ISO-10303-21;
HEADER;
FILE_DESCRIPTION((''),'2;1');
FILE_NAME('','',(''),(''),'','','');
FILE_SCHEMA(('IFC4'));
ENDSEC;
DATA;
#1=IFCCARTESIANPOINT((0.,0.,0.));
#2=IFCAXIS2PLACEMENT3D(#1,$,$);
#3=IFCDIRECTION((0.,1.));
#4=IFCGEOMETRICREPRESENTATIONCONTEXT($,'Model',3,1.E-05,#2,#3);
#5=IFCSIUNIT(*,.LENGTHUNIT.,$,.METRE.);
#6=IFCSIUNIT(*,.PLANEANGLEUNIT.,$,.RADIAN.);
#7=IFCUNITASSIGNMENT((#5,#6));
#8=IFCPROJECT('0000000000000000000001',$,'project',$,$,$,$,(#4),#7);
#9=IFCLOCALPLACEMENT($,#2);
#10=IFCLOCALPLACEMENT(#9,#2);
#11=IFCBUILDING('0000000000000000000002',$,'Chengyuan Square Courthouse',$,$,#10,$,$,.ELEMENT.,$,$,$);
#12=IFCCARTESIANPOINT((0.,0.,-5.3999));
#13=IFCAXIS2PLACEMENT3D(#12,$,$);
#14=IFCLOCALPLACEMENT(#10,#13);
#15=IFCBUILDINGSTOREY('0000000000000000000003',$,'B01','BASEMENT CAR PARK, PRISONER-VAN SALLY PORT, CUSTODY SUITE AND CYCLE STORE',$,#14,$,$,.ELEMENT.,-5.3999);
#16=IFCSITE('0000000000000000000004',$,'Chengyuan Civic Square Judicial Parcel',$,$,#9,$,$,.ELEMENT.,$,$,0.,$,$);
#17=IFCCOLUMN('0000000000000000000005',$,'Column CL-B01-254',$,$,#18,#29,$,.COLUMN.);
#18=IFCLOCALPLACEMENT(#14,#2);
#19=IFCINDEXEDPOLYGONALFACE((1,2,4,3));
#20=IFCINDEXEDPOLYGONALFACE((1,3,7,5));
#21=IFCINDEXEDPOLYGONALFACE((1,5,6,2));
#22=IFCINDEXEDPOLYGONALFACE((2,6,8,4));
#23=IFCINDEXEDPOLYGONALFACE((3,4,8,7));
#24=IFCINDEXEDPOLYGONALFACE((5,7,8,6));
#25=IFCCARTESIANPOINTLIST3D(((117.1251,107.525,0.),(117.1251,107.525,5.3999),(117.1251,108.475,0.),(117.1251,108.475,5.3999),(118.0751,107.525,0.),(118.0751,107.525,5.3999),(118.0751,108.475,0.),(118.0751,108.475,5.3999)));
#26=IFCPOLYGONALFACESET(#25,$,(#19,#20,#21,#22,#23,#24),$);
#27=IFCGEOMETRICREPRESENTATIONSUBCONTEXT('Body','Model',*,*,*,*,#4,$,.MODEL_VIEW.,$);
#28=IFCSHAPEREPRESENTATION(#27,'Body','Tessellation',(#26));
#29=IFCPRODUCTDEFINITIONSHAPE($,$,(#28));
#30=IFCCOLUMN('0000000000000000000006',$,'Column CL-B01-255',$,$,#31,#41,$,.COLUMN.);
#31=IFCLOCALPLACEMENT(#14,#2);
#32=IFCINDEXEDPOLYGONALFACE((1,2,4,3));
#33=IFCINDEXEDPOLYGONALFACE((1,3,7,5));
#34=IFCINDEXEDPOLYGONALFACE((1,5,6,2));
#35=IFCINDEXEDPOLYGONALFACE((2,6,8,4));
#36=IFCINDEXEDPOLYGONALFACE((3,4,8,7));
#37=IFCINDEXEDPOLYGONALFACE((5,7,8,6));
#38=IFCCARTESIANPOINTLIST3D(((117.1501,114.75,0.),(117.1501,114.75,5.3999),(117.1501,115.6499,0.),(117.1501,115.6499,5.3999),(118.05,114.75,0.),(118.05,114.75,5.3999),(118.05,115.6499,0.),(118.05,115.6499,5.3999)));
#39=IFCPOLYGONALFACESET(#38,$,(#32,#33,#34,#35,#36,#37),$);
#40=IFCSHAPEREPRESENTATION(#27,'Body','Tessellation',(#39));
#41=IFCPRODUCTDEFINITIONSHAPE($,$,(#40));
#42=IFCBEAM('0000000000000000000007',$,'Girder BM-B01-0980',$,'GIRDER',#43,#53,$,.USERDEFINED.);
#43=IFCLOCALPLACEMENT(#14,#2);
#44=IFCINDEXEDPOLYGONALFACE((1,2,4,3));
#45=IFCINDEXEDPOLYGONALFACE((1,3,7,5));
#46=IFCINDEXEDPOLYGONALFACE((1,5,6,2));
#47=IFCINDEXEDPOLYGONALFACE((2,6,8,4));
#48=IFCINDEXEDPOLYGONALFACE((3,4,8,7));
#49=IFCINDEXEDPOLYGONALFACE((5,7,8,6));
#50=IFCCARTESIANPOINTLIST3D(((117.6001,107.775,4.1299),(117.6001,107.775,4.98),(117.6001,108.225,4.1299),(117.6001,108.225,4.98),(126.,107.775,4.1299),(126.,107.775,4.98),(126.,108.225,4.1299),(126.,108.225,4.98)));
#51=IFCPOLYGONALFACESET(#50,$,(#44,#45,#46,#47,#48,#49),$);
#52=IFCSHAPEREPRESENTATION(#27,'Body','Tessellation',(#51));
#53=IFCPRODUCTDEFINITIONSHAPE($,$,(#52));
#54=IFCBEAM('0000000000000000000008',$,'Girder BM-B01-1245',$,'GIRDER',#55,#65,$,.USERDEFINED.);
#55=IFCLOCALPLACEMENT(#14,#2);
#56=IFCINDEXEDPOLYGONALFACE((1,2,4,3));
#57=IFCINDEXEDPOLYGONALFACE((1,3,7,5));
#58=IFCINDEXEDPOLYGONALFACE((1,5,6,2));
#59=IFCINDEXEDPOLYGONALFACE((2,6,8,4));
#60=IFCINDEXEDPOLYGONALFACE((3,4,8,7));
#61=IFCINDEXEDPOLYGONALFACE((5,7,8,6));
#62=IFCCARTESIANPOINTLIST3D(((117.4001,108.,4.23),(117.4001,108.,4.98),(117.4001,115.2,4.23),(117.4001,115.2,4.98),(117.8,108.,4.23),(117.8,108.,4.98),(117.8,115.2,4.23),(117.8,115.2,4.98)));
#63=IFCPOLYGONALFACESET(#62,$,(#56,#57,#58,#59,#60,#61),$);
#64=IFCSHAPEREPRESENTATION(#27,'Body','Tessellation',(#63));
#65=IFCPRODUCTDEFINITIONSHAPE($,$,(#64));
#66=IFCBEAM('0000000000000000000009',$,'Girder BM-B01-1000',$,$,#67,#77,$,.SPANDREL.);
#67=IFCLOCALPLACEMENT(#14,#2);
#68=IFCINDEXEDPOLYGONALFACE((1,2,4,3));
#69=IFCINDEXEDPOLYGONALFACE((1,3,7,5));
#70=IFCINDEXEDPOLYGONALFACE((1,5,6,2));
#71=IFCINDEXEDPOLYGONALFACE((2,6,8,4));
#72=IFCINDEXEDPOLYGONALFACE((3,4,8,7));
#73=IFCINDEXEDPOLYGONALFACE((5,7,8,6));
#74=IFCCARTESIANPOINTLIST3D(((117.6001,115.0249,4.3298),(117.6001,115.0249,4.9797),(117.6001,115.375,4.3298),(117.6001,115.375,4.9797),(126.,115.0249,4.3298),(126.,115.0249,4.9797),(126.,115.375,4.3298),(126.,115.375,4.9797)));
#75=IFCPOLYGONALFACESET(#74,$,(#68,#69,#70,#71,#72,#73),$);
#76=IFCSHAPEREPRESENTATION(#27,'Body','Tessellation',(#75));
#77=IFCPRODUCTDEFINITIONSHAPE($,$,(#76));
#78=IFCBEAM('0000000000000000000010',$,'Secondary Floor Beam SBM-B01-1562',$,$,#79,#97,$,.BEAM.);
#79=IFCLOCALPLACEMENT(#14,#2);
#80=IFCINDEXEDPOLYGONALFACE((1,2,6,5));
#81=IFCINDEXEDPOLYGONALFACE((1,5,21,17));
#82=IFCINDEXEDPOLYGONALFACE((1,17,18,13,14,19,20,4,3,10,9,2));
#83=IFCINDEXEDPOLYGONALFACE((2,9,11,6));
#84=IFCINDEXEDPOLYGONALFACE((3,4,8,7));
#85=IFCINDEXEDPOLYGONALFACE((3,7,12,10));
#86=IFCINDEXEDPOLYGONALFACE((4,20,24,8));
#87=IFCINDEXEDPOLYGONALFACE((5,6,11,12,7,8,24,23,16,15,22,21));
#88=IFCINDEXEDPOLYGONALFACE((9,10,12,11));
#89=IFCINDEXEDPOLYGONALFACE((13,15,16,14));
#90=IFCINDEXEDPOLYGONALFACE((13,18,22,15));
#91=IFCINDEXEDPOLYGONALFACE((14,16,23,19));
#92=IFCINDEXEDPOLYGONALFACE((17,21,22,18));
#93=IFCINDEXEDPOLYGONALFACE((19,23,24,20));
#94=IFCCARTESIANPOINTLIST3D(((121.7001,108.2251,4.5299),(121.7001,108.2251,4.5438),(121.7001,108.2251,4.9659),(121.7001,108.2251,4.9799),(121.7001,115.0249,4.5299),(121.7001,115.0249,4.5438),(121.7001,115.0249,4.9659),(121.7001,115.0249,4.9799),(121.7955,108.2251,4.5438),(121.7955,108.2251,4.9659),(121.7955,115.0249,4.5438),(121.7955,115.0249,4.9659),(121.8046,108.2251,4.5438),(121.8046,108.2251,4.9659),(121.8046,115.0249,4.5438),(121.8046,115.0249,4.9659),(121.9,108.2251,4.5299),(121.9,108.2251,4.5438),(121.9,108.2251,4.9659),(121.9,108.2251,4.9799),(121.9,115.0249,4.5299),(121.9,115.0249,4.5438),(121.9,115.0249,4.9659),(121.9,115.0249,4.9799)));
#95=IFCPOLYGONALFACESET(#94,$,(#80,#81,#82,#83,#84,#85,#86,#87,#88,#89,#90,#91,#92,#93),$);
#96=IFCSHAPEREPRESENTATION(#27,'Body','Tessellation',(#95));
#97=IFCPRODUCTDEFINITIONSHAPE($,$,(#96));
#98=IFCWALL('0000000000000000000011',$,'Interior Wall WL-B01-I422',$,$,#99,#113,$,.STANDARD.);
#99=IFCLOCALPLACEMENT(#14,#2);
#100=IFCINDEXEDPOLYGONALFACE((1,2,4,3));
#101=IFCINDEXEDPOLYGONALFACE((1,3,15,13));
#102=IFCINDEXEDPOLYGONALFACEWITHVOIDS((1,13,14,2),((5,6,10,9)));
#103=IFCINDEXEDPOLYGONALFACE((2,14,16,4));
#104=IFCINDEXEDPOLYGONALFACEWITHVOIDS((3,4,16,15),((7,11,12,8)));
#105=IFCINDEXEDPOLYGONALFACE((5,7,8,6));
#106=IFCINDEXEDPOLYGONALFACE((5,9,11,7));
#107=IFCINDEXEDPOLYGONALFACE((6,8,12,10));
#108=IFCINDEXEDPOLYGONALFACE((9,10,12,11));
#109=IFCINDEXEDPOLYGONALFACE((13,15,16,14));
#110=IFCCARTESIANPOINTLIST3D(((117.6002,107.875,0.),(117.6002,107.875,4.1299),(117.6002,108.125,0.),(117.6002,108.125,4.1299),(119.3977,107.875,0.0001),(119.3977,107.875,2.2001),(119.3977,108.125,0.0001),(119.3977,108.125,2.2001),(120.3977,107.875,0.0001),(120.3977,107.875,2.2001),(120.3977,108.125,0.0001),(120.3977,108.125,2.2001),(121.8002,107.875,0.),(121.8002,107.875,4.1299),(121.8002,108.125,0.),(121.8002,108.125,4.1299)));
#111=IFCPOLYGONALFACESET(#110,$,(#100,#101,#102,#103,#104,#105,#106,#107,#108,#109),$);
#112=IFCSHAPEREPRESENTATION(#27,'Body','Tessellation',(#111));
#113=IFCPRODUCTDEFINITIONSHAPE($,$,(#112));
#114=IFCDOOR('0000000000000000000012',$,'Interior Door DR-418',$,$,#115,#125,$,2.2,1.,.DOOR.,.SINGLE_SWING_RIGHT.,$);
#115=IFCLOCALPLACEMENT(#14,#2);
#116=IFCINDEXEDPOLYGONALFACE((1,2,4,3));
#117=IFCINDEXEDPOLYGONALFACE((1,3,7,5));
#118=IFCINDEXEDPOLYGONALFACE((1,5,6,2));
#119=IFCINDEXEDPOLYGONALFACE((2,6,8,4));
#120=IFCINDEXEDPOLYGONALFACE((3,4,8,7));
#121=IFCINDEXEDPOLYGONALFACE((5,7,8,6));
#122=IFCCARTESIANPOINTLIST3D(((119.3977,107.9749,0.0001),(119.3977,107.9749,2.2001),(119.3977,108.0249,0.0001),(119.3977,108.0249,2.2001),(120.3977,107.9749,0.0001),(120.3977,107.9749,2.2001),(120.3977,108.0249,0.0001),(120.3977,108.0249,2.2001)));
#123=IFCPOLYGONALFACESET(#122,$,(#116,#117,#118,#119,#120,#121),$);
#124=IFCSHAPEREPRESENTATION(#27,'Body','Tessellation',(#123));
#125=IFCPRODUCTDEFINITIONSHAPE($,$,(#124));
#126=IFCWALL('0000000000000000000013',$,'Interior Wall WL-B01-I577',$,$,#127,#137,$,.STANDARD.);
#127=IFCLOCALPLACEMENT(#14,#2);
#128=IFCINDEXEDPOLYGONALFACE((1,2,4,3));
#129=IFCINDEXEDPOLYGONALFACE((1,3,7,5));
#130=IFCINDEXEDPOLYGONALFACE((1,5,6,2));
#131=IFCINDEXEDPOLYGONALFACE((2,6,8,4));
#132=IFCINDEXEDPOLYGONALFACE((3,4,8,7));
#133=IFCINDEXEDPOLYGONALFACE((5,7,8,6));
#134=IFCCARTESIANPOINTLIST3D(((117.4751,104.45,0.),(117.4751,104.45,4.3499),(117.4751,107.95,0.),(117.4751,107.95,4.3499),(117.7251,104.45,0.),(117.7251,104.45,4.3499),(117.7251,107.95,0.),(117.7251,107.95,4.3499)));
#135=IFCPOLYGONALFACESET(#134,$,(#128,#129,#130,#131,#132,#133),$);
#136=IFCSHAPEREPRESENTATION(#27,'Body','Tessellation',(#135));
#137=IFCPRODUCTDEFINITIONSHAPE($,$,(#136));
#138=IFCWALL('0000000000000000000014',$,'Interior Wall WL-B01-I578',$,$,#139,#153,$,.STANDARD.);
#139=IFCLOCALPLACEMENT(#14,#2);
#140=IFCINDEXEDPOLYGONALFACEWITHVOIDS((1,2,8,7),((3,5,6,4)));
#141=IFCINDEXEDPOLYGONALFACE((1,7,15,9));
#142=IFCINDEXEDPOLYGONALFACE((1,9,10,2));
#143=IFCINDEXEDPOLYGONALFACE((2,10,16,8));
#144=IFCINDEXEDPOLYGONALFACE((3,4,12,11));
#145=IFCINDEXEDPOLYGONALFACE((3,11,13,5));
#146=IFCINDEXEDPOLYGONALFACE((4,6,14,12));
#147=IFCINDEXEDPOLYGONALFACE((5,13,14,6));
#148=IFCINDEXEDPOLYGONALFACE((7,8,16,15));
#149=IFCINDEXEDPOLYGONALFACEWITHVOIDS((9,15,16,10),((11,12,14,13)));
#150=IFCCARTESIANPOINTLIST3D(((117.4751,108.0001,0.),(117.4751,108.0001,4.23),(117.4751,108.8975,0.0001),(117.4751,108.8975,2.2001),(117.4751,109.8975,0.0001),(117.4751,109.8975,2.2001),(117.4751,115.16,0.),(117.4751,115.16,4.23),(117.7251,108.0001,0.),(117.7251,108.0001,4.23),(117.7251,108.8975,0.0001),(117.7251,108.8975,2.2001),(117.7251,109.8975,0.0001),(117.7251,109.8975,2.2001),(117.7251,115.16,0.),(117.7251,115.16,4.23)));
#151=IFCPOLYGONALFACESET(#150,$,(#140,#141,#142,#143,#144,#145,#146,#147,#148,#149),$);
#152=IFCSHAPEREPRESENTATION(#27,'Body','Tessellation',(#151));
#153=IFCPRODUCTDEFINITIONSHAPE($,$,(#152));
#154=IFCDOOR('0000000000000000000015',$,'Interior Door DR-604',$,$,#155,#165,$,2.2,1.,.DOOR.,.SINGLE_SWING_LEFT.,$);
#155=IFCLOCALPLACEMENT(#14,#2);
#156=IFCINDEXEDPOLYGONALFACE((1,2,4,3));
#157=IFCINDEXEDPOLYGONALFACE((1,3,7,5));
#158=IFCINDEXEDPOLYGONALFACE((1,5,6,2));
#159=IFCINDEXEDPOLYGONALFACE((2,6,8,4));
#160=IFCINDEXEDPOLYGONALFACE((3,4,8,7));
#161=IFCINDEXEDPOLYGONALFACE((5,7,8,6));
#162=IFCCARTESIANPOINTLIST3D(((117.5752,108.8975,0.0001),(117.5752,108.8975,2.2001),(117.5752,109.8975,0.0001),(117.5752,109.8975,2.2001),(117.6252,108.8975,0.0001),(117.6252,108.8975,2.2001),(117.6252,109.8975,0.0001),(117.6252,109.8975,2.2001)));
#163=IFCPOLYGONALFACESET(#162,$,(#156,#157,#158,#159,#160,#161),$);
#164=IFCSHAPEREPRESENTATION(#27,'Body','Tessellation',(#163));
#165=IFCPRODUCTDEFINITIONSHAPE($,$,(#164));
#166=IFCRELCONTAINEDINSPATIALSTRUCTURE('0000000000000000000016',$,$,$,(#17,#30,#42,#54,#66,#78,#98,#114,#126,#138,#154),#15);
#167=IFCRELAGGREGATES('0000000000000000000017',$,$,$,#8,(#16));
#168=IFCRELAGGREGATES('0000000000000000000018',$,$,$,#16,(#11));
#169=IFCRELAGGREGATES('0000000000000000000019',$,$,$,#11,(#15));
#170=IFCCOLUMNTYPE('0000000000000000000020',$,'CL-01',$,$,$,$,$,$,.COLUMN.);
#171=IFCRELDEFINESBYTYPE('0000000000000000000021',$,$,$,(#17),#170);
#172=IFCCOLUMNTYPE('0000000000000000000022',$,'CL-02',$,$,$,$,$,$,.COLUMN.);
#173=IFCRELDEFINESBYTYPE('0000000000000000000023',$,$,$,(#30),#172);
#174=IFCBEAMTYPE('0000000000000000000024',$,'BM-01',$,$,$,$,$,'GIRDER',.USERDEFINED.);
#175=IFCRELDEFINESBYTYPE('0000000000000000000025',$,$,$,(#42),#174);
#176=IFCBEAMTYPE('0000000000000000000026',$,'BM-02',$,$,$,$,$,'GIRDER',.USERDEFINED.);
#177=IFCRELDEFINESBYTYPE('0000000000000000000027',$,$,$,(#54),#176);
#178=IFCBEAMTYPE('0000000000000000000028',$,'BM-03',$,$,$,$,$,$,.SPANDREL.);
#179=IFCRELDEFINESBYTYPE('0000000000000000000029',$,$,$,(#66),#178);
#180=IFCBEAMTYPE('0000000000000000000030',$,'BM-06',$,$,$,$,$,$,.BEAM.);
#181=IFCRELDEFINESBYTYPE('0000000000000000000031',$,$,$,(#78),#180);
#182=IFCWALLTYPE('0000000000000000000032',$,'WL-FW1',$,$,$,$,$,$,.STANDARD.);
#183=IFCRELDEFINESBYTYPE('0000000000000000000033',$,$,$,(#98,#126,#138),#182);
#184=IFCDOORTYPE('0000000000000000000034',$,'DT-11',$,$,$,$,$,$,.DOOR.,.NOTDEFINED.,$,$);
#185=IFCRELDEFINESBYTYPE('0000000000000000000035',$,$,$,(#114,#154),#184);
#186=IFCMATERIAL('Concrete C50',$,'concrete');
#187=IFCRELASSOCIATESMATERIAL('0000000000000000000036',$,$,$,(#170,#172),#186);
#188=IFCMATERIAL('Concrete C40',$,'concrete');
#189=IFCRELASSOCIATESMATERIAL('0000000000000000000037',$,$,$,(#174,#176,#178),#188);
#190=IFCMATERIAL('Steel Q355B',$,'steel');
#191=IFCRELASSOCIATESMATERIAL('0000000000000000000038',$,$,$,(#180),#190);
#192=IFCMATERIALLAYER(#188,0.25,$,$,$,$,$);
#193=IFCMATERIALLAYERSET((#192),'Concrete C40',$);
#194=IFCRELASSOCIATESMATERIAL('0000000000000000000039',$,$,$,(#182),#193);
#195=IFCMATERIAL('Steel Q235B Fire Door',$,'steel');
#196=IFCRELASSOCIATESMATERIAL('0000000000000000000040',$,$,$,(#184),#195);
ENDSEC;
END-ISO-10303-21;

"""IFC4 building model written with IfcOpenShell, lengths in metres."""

from ifc_helpers import new_model, si_unit, direction, frame, frame_2d, origin, origin_2d, place, context, subcontext, project, spatial, rectangle, i_section, extrude, material, layer, layer_set, material_profile, profile_set, type_object, element, fill, save


model = new_model("IFC4")

# Units and contexts
model_context = context("Model", 3, precision=1e-05, world=origin(), true_north=direction((0.0, 1.0)))
body_context = subcontext(model_context, "Body", "Model", "MODEL_VIEW")
ifc_project = project(units=[si_unit("LENGTHUNIT", "METRE"), si_unit("PLANEANGLEUNIT", "RADIAN")], contexts=[model_context])

# Site, building, storey
site_placement = place(None, origin())
site = spatial("IfcSite", under=ifc_project, at=site_placement, Name="Chengyuan Civic Square Judicial Parcel", CompositionType="ELEMENT", RefElevation=0.0)
building_placement = place(site_placement, origin())
building = spatial("IfcBuilding", under=site, at=building_placement, Name="Chengyuan Square Courthouse", CompositionType="ELEMENT")
storey_placement = place(building_placement, frame((0.0, 0.0, -5.3999)))
storey = spatial("IfcBuildingStorey", under=building, at=storey_placement, Name="B01", Description="BASEMENT CAR PARK, PRISONER-VAN SALLY PORT, CUSTODY SUITE AND CYCLE STORE", CompositionType="ELEMENT", Elevation=-5.3999)

# Columns
ifc_material_1 = material(Name="Concrete C50", Category="concrete")
ifc_material_profile_1 = material_profile(ifc_material_1, rectangle(XDim=0.95, YDim=0.95, at=origin_2d()), Name="RC-COL-950x950")
ifc_profile_set_1 = profile_set([ifc_material_profile_1], Name="Concrete C50")
column_type_1 = type_object("IfcColumnType", Name="CL-01", PredefinedType="COLUMN", material=ifc_profile_set_1)
column_1_placement = place(storey_placement, frame((117.6001, 108.0, 0.0), z_axis=(0.0, 0.0, 1.0), x_axis=(1.0, 0.0, 0.0)))
element("IfcColumn", 1, at=column_1_placement, inside=storey, type_object=column_type_1, Name="Column CL-B01-254", PredefinedType="COLUMN", context=body_context, shape_type="SweptSolid", body=[
    extrude(rectangle(XDim=0.95, YDim=0.95, at=origin_2d()), origin(), (0.0, 0.0, 1.0), 5.3999),
])
ifc_material_profile_2 = material_profile(ifc_material_1, rectangle(XDim=0.8999, YDim=0.8999, at=origin_2d()), Name="RC-COL-900x900")
ifc_profile_set_2 = profile_set([ifc_material_profile_2], Name="Concrete C50")
column_type_2 = type_object("IfcColumnType", Name="CL-02", PredefinedType="COLUMN", material=ifc_profile_set_2)
column_2_placement = place(storey_placement, frame((117.6001, 115.2, 0.0), z_axis=(0.0, 0.0, 1.0), x_axis=(1.0, 0.0, 0.0)))
element("IfcColumn", 2, at=column_2_placement, inside=storey, type_object=column_type_2, Name="Column CL-B01-255", PredefinedType="COLUMN", context=body_context, shape_type="SweptSolid", body=[
    extrude(rectangle(XDim=0.8999, YDim=0.8999, at=origin_2d()), origin(), (0.0, 0.0, 1.0), 5.3999),
])

# Beams
ifc_material_2 = material(Name="Concrete C40", Category="concrete")
ifc_material_profile_3 = material_profile(ifc_material_2, rectangle(XDim=0.45, YDim=0.8501, at=origin_2d()), Name="RC-BM-450x850")
ifc_profile_set_3 = profile_set([ifc_material_profile_3], Name="Concrete C40")
beam_type_1 = type_object("IfcBeamType", Name="BM-01", ElementType="GIRDER", PredefinedType="USERDEFINED", material=ifc_profile_set_3)
beam_1_placement = place(storey_placement, frame((117.6001, 108.0, 4.5549), z_axis=(1.0, 0.0, 0.0), x_axis=(0.0, 1.0, 0.0)))
element("IfcBeam", 3, at=beam_1_placement, inside=storey, type_object=beam_type_1, Name="Girder BM-B01-0980", ObjectType="GIRDER", PredefinedType="USERDEFINED", context=body_context, shape_type="SweptSolid", body=[
    extrude(rectangle(XDim=0.45, YDim=0.8501, at=origin_2d()), origin(), (0.0, 0.0, 1.0), 8.3999),
])
ifc_material_profile_4 = material_profile(ifc_material_2, rectangle(XDim=0.3999, YDim=0.75, at=origin_2d()), Name="RC-BM-400x750")
ifc_profile_set_4 = profile_set([ifc_material_profile_4], Name="Concrete C40")
beam_type_2 = type_object("IfcBeamType", Name="BM-02", ElementType="GIRDER", PredefinedType="USERDEFINED", material=ifc_profile_set_4)
beam_2_placement = place(storey_placement, frame((117.6001, 108.0, 4.605), z_axis=(0.0, 1.0, 0.0), x_axis=(-1.0, 0.0, 0.0)))
element("IfcBeam", 4, at=beam_2_placement, inside=storey, type_object=beam_type_2, Name="Girder BM-B01-1245", ObjectType="GIRDER", PredefinedType="USERDEFINED", context=body_context, shape_type="SweptSolid", body=[
    extrude(rectangle(XDim=0.3999, YDim=0.75, at=origin_2d()), origin(), (0.0, 0.0, 1.0), 7.2),
])
ifc_material_profile_5 = material_profile(ifc_material_2, rectangle(XDim=0.3501, YDim=0.6499, at=origin_2d()), Name="RC-BM-350x650")
ifc_profile_set_5 = profile_set([ifc_material_profile_5], Name="Concrete C40")
beam_type_3 = type_object("IfcBeamType", Name="BM-03", PredefinedType="SPANDREL", material=ifc_profile_set_5)
beam_3_placement = place(storey_placement, frame((117.6001, 115.2, 4.6548), z_axis=(1.0, 0.0, 0.0), x_axis=(0.0, 1.0, 0.0)))
element("IfcBeam", 5, at=beam_3_placement, inside=storey, type_object=beam_type_3, Name="Girder BM-B01-1000", PredefinedType="SPANDREL", context=body_context, shape_type="SweptSolid", body=[
    extrude(rectangle(XDim=0.3501, YDim=0.6499, at=origin_2d()), origin(), (0.0, 0.0, 1.0), 8.3999),
])
ifc_material_3 = material(Name="Steel Q355B", Category="steel")
ifc_material_profile_6 = material_profile(ifc_material_3, i_section(OverallWidth=0.2, OverallDepth=0.45, WebThickness=0.009, FlangeThickness=0.0139, at=origin_2d()), Name="HN 450x200x9x14")
ifc_profile_set_6 = profile_set([ifc_material_profile_6], Name="Steel Q355B")
beam_type_4 = type_object("IfcBeamType", Name="BM-06", PredefinedType="BEAM", material=ifc_profile_set_6)
beam_4_placement = place(storey_placement, frame((121.8, 108.2251, 4.7549), z_axis=(0.0, 1.0, 0.0), x_axis=(-1.0, 0.0, 0.0)))
element("IfcBeam", 6, at=beam_4_placement, inside=storey, type_object=beam_type_4, Name="Secondary Floor Beam SBM-B01-1562", PredefinedType="BEAM", context=body_context, shape_type="SweptSolid", body=[
    extrude(i_section(OverallWidth=0.2, OverallDepth=0.45, WebThickness=0.009, FlangeThickness=0.0139, at=origin_2d()), origin(), (0.0, 0.0, 1.0), 6.7998),
])

# Wall, opening, door
ifc_layer_1 = layer(ifc_material_2, 0.25)
ifc_layer_set_1 = layer_set([ifc_layer_1], Name="Concrete C40")
wall_type_1 = type_object("IfcWallType", Name="WL-FW1", PredefinedType="STANDARD", material=ifc_layer_set_1)
wall_1_placement = place(storey_placement, frame((117.6001, 108.0, 0.0), z_axis=(0.0, 0.0, 1.0), x_axis=(1.0, 0.0, 0.0)))
wall_1 = element("IfcWall", 7, at=wall_1_placement, inside=storey, type_object=wall_type_1, Name="Interior Wall WL-B01-I422", PredefinedType="STANDARD", context=body_context, shape_type="SweptSolid", body=[
    extrude(rectangle(XDim=4.2, YDim=0.25, at=frame_2d((2.1001, 0.0))), origin(), (0.0, 0.0, 1.0), 4.1299),
])
opening_1_placement = place(wall_1_placement, frame((1.7976, 0.0, 0.0)))
opening_1 = element("IfcOpeningElement", 8, at=opening_1_placement, cuts=wall_1, PredefinedType="OPENING", context=body_context, shape_type="SweptSolid", body=[
    extrude(rectangle(XDim=1.0, YDim=2.2, at=frame_2d((0.5, 1.1001))), frame((0.0, 0.137, 0.0), z_axis=(0.0, -1.0, 0.0), x_axis=(1.0, 0.0, 0.0)), (0.0, 0.0, 1.0), 0.2739),
])
ifc_material_4 = material(Name="Steel Q235B Fire Door", Category="steel")
door_type_1 = type_object("IfcDoorType", Name="DT-11", OperationType="NOTDEFINED", PredefinedType="DOOR", material=ifc_material_4)
door_1_placement = place(opening_1_placement, origin())
door_1 = element("IfcDoor", 9, at=door_1_placement, inside=storey, type_object=door_type_1, Name="Interior Door DR-418", OperationType="SINGLE_SWING_RIGHT", OverallHeight=2.2, OverallWidth=1.0, PredefinedType="DOOR", context=body_context, shape_type="SweptSolid", body=[
    extrude(rectangle(XDim=1.0, YDim=2.2, at=frame_2d((0.5, 1.1001))), frame((0.0, 0.0249, 0.0), z_axis=(0.0, -1.0, 0.0), x_axis=(1.0, 0.0, 0.0)), (0.0, 0.0, 1.0), 0.05),
])
fill(opening_1, door_1)

# Wall
wall_2_placement = place(storey_placement, frame((117.6001, 104.45, 0.0), z_axis=(0.0, 0.0, 1.0), x_axis=(0.0, 1.0, 0.0)))
element("IfcWall", 10, at=wall_2_placement, inside=storey, type_object=wall_type_1, Name="Interior Wall WL-B01-I577", PredefinedType="STANDARD", context=body_context, shape_type="SweptSolid", body=[
    extrude(rectangle(XDim=3.5, YDim=0.25, at=frame_2d((1.75, 0.0))), origin(), (0.0, 0.0, 1.0), 4.3499),
])

# Wall, opening, door
wall_3_placement = place(storey_placement, frame((117.6001, 108.0, 0.0), z_axis=(0.0, 0.0, 1.0), x_axis=(0.0, 1.0, 0.0)))
wall_3 = element("IfcWall", 11, at=wall_3_placement, inside=storey, type_object=wall_type_1, Name="Interior Wall WL-B01-I578", PredefinedType="STANDARD", context=body_context, shape_type="SweptSolid", body=[
    extrude(rectangle(XDim=7.1599, YDim=0.25, at=frame_2d((3.5801, 0.0))), origin(), (0.0, 0.0, 1.0), 4.23),
])
opening_2_placement = place(wall_3_placement, frame((0.8975, 0.0, 0.0)))
opening_2 = element("IfcOpeningElement", 12, at=opening_2_placement, cuts=wall_3, PredefinedType="OPENING", context=body_context, shape_type="SweptSolid", body=[
    extrude(rectangle(XDim=1.0, YDim=2.2, at=frame_2d((0.5, 1.1001))), frame((0.0, 0.137, 0.0), z_axis=(0.0, -1.0, 0.0), x_axis=(1.0, 0.0, 0.0)), (0.0, 0.0, 1.0), 0.2739),
])
door_2_placement = place(opening_2_placement, origin())
door_2 = element("IfcDoor", 13, at=door_2_placement, inside=storey, type_object=door_type_1, Name="Interior Door DR-604", OperationType="SINGLE_SWING_LEFT", OverallHeight=2.2, OverallWidth=1.0, PredefinedType="DOOR", context=body_context, shape_type="SweptSolid", body=[
    extrude(rectangle(XDim=1.0, YDim=2.2, at=frame_2d((0.5, 1.1001))), frame((0.0, 0.0249, 0.0), z_axis=(0.0, -1.0, 0.0), x_axis=(1.0, 0.0, 0.0)), (0.0, 0.0, 1.0), 0.05),
])
fill(opening_2, door_2)

save(model, "model.ifc")
